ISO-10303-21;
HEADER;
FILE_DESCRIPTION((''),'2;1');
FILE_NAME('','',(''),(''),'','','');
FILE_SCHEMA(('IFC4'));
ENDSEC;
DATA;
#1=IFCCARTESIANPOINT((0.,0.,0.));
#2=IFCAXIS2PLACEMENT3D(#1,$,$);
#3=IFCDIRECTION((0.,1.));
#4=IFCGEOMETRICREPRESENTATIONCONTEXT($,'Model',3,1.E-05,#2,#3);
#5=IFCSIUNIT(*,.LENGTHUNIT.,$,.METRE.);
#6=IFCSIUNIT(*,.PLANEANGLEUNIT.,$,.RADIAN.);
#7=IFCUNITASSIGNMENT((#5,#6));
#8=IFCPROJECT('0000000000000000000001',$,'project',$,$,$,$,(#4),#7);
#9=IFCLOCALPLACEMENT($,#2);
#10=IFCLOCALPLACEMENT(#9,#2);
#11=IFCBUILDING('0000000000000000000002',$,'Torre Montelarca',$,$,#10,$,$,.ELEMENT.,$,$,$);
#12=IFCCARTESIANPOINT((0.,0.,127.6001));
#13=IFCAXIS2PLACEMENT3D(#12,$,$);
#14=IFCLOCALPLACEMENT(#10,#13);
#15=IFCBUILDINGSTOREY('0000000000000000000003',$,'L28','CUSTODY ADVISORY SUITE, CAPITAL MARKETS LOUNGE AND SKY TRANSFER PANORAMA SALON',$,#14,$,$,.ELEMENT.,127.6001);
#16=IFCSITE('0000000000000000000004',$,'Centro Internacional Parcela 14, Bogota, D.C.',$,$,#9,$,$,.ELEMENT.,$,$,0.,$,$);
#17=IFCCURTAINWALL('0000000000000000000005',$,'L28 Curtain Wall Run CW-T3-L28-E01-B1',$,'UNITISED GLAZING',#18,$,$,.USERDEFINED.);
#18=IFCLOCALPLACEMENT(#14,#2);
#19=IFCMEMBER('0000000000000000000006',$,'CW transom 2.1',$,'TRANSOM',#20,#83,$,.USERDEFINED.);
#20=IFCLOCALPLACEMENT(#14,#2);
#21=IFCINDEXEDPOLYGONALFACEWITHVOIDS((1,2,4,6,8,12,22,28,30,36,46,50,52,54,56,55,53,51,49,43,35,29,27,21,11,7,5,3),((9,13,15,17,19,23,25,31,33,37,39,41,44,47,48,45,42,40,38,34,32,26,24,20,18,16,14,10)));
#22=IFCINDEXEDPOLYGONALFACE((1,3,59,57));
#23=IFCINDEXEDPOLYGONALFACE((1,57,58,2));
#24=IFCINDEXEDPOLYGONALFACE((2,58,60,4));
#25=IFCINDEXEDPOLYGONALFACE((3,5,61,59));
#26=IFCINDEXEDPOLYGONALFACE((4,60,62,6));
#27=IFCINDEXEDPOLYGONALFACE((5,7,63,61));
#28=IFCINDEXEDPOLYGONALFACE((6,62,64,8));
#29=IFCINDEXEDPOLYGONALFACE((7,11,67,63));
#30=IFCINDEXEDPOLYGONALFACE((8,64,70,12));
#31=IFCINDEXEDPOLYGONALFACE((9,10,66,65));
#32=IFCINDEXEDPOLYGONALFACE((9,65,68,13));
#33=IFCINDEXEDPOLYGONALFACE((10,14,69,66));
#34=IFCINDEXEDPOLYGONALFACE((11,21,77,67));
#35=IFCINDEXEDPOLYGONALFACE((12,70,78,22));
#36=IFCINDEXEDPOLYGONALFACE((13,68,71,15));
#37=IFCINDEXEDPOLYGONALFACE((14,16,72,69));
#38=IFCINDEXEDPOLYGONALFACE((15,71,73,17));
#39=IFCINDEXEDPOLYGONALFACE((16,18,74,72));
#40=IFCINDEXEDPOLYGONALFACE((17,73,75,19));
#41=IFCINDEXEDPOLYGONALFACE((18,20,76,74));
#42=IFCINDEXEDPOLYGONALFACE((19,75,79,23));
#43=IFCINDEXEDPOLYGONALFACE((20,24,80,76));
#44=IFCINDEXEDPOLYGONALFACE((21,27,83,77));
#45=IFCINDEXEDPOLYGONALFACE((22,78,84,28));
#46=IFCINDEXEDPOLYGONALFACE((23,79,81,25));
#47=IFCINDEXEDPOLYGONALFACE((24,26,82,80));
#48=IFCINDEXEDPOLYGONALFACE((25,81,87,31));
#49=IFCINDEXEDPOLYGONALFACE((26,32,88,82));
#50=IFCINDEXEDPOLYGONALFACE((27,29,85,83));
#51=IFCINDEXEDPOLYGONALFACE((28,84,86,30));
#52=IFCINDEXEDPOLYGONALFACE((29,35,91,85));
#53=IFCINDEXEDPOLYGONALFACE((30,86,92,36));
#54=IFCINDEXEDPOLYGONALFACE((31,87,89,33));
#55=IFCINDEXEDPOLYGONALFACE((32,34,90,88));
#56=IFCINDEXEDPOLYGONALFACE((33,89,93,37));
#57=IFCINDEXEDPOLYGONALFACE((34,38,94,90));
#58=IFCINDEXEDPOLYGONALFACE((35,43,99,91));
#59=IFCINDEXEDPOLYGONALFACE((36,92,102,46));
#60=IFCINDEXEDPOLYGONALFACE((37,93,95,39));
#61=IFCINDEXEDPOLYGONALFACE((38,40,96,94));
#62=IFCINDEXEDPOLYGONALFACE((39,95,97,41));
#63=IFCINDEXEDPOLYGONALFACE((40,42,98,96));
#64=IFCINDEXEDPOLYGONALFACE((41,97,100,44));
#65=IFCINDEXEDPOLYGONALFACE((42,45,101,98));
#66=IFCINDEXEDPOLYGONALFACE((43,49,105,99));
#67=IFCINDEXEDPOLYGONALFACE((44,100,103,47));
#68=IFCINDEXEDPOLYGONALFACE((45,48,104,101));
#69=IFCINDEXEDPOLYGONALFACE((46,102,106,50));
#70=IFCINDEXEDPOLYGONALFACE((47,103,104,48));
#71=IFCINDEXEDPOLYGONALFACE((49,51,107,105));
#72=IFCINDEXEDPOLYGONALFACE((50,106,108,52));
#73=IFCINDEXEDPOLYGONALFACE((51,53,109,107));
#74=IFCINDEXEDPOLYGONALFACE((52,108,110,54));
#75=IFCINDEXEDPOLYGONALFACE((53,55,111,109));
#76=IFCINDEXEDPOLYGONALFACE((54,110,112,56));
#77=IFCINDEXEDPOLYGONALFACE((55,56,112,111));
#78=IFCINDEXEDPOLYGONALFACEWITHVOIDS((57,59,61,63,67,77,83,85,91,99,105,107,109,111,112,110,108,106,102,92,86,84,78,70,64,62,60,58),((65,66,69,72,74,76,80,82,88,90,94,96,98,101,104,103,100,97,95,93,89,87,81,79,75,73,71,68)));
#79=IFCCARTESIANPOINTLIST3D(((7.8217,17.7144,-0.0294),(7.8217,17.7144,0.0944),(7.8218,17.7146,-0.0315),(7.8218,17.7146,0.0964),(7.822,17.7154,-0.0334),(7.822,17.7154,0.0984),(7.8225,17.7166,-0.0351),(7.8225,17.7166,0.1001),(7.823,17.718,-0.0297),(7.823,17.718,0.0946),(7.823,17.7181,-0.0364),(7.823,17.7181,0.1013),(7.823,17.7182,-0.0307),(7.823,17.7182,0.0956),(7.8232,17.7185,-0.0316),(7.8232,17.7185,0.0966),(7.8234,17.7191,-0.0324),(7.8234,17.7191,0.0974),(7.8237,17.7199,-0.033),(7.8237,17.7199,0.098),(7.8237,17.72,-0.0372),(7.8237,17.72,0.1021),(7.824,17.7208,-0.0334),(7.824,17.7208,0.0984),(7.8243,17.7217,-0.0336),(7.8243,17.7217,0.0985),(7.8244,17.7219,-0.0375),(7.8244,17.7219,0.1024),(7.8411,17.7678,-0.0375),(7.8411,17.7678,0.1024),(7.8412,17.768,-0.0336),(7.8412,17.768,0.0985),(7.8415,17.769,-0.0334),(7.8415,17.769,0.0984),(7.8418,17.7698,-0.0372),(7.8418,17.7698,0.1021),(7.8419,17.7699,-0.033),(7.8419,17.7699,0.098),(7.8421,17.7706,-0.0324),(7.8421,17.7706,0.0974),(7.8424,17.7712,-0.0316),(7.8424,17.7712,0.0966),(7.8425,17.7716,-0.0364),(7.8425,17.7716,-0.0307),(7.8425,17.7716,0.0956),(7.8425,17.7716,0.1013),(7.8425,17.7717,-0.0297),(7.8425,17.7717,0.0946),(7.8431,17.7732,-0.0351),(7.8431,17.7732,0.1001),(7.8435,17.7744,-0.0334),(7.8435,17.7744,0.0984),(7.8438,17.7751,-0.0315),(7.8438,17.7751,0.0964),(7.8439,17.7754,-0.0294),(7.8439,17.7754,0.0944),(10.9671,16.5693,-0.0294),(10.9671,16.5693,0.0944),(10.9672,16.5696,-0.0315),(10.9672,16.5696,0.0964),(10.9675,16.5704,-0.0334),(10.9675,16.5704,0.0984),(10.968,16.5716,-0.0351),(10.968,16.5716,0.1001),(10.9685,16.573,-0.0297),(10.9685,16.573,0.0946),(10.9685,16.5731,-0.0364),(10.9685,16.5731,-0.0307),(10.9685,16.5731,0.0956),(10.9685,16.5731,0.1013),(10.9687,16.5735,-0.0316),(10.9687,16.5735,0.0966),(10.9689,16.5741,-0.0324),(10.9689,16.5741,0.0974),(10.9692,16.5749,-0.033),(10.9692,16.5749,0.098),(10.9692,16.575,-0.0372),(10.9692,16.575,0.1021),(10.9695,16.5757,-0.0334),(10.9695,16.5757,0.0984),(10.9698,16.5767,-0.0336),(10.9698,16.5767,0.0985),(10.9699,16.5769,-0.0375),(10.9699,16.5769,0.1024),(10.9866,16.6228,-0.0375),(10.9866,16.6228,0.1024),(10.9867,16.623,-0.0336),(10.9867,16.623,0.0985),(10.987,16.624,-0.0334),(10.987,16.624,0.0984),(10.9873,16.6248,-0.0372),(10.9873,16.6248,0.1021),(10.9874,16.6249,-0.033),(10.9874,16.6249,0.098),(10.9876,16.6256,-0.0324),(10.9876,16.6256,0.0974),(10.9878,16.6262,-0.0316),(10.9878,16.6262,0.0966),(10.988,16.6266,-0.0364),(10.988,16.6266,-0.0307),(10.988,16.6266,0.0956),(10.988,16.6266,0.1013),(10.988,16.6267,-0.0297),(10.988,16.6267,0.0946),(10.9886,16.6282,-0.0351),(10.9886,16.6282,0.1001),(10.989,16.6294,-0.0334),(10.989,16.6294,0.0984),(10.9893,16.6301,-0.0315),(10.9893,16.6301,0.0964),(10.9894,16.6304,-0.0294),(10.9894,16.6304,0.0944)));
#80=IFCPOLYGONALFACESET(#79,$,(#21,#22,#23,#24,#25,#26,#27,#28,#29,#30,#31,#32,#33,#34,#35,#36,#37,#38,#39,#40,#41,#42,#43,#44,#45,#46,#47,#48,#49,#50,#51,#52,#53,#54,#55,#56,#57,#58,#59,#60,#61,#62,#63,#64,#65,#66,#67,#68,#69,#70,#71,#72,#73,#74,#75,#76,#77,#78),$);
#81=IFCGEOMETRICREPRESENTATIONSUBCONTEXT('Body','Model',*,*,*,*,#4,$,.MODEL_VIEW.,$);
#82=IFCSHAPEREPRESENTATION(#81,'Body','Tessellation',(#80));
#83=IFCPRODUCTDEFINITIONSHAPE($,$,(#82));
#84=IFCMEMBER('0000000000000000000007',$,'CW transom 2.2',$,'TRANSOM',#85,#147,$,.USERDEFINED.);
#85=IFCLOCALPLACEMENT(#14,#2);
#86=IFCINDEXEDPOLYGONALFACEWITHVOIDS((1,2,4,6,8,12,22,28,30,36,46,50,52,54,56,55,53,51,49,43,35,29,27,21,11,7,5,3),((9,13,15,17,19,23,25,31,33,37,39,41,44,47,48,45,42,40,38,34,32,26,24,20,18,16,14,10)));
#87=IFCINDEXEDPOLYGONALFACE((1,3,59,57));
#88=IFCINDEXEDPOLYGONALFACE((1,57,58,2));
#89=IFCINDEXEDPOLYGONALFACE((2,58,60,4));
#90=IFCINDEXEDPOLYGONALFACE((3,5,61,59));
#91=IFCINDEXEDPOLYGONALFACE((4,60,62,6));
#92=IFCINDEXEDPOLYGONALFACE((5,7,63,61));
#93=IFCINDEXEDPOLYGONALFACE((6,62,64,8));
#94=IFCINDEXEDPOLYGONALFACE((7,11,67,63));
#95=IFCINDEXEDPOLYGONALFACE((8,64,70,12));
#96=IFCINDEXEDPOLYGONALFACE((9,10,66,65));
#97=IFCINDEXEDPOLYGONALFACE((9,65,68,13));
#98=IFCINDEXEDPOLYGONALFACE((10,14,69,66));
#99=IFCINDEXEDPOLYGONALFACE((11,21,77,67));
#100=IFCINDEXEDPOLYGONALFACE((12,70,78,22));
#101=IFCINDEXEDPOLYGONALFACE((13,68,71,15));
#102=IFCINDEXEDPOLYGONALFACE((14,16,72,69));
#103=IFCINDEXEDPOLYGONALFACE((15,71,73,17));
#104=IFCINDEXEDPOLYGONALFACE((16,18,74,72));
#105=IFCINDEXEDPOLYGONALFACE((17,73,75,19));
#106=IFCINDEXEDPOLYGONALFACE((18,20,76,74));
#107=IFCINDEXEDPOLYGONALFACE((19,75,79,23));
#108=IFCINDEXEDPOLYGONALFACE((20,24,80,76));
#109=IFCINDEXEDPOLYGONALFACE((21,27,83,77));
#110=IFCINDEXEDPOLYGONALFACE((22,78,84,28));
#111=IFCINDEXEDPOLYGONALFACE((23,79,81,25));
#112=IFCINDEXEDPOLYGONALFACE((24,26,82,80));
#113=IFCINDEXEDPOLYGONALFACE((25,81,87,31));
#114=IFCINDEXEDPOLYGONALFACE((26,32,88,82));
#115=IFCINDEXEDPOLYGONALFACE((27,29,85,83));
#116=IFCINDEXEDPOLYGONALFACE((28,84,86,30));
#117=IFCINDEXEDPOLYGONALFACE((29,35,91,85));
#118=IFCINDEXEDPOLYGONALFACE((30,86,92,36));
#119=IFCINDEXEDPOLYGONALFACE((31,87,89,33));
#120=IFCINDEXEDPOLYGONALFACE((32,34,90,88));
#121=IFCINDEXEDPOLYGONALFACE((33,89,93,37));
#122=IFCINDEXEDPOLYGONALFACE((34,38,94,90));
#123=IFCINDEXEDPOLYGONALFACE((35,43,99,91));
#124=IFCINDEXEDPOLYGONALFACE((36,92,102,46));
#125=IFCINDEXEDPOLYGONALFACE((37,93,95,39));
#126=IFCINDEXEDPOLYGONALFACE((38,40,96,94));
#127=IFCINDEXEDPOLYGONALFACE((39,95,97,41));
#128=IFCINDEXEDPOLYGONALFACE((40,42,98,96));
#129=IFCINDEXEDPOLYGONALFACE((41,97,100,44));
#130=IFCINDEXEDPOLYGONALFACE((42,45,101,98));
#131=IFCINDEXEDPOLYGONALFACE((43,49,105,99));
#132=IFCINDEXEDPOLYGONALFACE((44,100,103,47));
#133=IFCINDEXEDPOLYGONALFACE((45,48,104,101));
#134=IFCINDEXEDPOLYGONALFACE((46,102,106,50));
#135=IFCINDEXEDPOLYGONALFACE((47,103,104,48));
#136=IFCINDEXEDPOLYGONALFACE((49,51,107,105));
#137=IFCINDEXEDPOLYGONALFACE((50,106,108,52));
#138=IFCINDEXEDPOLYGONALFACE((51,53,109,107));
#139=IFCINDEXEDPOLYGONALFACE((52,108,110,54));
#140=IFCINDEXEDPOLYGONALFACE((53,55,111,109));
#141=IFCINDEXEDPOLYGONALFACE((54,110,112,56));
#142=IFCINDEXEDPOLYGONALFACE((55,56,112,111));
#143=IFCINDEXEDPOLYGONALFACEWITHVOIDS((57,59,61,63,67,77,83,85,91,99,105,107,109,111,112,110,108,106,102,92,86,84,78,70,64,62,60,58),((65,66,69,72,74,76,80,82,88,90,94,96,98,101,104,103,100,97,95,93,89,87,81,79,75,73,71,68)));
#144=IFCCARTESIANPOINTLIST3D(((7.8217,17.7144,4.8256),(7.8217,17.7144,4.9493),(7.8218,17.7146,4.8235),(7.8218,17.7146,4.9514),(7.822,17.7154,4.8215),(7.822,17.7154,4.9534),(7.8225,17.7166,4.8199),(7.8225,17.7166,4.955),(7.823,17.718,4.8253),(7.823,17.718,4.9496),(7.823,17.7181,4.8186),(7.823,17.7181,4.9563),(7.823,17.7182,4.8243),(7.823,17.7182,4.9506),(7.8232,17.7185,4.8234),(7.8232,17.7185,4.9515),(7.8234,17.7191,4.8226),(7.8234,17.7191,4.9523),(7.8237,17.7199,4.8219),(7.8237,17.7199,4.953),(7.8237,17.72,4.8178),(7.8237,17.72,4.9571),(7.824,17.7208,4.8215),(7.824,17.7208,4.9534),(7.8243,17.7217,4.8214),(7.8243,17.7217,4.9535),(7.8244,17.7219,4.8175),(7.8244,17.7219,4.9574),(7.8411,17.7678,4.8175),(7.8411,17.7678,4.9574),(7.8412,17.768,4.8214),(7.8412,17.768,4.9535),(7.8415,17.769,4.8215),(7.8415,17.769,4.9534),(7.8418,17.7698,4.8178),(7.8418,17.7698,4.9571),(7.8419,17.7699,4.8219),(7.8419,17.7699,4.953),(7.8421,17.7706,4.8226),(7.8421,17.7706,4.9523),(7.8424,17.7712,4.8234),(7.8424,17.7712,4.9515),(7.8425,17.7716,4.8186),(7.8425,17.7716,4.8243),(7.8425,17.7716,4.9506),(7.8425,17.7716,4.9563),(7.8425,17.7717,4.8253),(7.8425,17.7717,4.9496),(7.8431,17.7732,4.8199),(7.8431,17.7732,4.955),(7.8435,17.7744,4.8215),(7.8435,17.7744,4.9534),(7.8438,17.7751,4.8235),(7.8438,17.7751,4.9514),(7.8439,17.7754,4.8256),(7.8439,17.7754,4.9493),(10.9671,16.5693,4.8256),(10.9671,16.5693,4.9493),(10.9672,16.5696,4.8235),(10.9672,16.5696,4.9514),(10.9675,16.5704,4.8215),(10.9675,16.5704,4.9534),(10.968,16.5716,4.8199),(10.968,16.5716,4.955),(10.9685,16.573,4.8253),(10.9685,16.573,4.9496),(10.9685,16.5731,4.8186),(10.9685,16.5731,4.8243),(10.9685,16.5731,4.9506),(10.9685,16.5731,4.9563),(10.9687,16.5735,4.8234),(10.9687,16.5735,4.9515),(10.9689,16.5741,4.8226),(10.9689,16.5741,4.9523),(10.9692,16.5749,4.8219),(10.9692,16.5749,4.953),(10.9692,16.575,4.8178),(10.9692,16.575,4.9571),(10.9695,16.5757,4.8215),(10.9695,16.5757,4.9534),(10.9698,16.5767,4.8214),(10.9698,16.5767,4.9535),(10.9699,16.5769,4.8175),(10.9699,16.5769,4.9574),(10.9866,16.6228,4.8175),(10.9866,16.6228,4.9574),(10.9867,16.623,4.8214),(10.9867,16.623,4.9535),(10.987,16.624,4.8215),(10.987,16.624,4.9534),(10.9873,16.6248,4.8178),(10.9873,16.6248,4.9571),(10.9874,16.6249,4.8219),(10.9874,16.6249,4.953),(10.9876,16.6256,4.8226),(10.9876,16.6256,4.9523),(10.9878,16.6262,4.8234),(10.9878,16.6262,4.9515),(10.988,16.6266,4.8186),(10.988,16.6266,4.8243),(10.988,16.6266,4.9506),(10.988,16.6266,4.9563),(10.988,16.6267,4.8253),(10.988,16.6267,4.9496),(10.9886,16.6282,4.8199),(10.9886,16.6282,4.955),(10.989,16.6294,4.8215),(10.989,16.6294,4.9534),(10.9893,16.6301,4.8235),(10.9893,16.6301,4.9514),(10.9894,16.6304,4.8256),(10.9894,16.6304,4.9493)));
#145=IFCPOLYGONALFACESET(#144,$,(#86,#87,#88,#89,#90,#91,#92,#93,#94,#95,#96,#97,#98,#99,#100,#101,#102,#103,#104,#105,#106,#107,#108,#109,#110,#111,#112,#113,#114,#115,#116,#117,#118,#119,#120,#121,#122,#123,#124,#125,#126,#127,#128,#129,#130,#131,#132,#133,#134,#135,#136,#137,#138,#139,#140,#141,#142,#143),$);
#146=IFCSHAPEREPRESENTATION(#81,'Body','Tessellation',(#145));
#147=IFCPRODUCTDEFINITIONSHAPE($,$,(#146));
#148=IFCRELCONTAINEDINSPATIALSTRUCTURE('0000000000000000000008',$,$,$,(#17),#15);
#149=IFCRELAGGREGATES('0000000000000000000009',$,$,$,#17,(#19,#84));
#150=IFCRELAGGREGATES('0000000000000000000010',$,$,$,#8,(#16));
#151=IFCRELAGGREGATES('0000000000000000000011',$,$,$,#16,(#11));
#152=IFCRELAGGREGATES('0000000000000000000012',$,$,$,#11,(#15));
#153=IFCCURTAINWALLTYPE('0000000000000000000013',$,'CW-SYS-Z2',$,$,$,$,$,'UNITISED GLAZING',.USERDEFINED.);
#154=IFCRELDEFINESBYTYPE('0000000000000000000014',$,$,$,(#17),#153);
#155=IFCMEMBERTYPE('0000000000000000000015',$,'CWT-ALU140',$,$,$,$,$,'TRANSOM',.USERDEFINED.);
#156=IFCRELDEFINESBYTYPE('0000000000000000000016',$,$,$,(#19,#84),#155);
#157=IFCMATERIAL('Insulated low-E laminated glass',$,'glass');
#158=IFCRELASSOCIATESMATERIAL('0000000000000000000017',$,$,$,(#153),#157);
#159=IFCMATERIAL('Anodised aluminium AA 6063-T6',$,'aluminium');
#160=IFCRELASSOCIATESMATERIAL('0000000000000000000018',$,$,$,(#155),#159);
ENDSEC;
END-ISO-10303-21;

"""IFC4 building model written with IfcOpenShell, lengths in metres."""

from ifc_helpers import new_model, si_unit, direction, frame, origin, origin_2d, place, context, subcontext, project, spatial, hollow_rectangle, extrude, source, transform, mapped, material, material_profile, profile_set, type_object, element, aggregate, save


model = new_model("IFC4")

# Units and contexts
model_context = context("Model", 3, precision=1e-05, world=origin(), true_north=direction((0.0, 1.0)))
body_context = subcontext(model_context, "Body", "Model", "MODEL_VIEW")
ifc_project = project(units=[si_unit("LENGTHUNIT", "METRE"), si_unit("PLANEANGLEUNIT", "RADIAN")], contexts=[model_context])

# Site, building, storey
site_placement = place(None, origin())
site = spatial("IfcSite", under=ifc_project, at=site_placement, Name="Centro Internacional Parcela 14, Bogota, D.C.", CompositionType="ELEMENT", RefElevation=0.0)
building_placement = place(site_placement, origin())
building = spatial("IfcBuilding", under=site, at=building_placement, Name="Torre Montelarca", CompositionType="ELEMENT")
storey_placement = place(building_placement, frame((0.0, 0.0, 127.6001)))
storey = spatial("IfcBuildingStorey", under=building, at=storey_placement, Name="L28", Description="CUSTODY ADVISORY SUITE, CAPITAL MARKETS LOUNGE AND SKY TRANSFER PANORAMA SALON", CompositionType="ELEMENT", Elevation=127.6001)

# Curtain wall
ifc_material_1 = material(Name="Insulated low-E laminated glass", Category="glass")
curtain_wall_type = type_object("IfcCurtainWallType", Name="CW-SYS-Z2", ElementType="UNITISED GLAZING", PredefinedType="USERDEFINED", material=ifc_material_1)
curtain_wall_1_placement = place(storey_placement, origin())
curtain_wall_1 = element("IfcCurtainWall", 1, at=curtain_wall_1_placement, inside=storey, type_object=curtain_wall_type, Name="L28 Curtain Wall Run CW-T3-L28-E01-B1", ObjectType="UNITISED GLAZING", PredefinedType="USERDEFINED")
ifc_material_2 = material(Name="Anodised aluminium AA 6063-T6", Category="aluminium")

# Members
ifc_material_profile_1 = material_profile(ifc_material_2, hollow_rectangle(XDim=0.0649, YDim=0.1399, WallThickness=0.0039, InnerFilletRadius=0.0039, OuterFilletRadius=0.0081, at=origin_2d()), Name="ALU65X140X4", Category="aluminium")
ifc_profile_set_1 = profile_set([ifc_material_profile_1], Name="Anodised aluminium AA 6063-T6")
member_type_1 = type_object("IfcMemberType", Name="CWT-ALU140", ElementType="TRANSOM", PredefinedType="USERDEFINED", material=ifc_profile_set_1)
shared_shape_1 = source(origin(), body_context, "Body", "SweptSolid", [
    extrude(hollow_rectangle(XDim=0.0649, YDim=0.1399, WallThickness=0.0039, InnerFilletRadius=0.0039, OuterFilletRadius=0.0081, at=origin_2d()), origin(), (0.0, 0.0, 1.0), 3.3474),
])
member_1_placement = place(storey_placement, frame((7.8328, 17.7449, 0.0325), z_axis=(0.939678, -0.342059, 0.0), x_axis=(0.342059, 0.939678, 0.0)))
member_1 = element("IfcMember", 2, at=member_1_placement, type_object=member_type_1, Name="CW transom 2.1", ObjectType="TRANSOM", PredefinedType="USERDEFINED", context=body_context, shape_type="MappedRepresentation", body=[
    mapped(shared_shape_1, transform((0.0, 0.0, 0.0), scale=1.0)),
])
member_2_placement = place(storey_placement, frame((7.8328, 17.7449, 4.8875), z_axis=(0.939678, -0.342059, 0.0), x_axis=(0.342059, 0.939678, 0.0)))
member_2 = element("IfcMember", 3, at=member_2_placement, type_object=member_type_1, Name="CW transom 2.2", ObjectType="TRANSOM", PredefinedType="USERDEFINED", context=body_context, shape_type="MappedRepresentation", body=[
    mapped(shared_shape_1, transform((0.0, 0.0, 0.0), scale=1.0)),
])

aggregate(curtain_wall_1, [member_1, member_2])

save(model, "model.ifc")
